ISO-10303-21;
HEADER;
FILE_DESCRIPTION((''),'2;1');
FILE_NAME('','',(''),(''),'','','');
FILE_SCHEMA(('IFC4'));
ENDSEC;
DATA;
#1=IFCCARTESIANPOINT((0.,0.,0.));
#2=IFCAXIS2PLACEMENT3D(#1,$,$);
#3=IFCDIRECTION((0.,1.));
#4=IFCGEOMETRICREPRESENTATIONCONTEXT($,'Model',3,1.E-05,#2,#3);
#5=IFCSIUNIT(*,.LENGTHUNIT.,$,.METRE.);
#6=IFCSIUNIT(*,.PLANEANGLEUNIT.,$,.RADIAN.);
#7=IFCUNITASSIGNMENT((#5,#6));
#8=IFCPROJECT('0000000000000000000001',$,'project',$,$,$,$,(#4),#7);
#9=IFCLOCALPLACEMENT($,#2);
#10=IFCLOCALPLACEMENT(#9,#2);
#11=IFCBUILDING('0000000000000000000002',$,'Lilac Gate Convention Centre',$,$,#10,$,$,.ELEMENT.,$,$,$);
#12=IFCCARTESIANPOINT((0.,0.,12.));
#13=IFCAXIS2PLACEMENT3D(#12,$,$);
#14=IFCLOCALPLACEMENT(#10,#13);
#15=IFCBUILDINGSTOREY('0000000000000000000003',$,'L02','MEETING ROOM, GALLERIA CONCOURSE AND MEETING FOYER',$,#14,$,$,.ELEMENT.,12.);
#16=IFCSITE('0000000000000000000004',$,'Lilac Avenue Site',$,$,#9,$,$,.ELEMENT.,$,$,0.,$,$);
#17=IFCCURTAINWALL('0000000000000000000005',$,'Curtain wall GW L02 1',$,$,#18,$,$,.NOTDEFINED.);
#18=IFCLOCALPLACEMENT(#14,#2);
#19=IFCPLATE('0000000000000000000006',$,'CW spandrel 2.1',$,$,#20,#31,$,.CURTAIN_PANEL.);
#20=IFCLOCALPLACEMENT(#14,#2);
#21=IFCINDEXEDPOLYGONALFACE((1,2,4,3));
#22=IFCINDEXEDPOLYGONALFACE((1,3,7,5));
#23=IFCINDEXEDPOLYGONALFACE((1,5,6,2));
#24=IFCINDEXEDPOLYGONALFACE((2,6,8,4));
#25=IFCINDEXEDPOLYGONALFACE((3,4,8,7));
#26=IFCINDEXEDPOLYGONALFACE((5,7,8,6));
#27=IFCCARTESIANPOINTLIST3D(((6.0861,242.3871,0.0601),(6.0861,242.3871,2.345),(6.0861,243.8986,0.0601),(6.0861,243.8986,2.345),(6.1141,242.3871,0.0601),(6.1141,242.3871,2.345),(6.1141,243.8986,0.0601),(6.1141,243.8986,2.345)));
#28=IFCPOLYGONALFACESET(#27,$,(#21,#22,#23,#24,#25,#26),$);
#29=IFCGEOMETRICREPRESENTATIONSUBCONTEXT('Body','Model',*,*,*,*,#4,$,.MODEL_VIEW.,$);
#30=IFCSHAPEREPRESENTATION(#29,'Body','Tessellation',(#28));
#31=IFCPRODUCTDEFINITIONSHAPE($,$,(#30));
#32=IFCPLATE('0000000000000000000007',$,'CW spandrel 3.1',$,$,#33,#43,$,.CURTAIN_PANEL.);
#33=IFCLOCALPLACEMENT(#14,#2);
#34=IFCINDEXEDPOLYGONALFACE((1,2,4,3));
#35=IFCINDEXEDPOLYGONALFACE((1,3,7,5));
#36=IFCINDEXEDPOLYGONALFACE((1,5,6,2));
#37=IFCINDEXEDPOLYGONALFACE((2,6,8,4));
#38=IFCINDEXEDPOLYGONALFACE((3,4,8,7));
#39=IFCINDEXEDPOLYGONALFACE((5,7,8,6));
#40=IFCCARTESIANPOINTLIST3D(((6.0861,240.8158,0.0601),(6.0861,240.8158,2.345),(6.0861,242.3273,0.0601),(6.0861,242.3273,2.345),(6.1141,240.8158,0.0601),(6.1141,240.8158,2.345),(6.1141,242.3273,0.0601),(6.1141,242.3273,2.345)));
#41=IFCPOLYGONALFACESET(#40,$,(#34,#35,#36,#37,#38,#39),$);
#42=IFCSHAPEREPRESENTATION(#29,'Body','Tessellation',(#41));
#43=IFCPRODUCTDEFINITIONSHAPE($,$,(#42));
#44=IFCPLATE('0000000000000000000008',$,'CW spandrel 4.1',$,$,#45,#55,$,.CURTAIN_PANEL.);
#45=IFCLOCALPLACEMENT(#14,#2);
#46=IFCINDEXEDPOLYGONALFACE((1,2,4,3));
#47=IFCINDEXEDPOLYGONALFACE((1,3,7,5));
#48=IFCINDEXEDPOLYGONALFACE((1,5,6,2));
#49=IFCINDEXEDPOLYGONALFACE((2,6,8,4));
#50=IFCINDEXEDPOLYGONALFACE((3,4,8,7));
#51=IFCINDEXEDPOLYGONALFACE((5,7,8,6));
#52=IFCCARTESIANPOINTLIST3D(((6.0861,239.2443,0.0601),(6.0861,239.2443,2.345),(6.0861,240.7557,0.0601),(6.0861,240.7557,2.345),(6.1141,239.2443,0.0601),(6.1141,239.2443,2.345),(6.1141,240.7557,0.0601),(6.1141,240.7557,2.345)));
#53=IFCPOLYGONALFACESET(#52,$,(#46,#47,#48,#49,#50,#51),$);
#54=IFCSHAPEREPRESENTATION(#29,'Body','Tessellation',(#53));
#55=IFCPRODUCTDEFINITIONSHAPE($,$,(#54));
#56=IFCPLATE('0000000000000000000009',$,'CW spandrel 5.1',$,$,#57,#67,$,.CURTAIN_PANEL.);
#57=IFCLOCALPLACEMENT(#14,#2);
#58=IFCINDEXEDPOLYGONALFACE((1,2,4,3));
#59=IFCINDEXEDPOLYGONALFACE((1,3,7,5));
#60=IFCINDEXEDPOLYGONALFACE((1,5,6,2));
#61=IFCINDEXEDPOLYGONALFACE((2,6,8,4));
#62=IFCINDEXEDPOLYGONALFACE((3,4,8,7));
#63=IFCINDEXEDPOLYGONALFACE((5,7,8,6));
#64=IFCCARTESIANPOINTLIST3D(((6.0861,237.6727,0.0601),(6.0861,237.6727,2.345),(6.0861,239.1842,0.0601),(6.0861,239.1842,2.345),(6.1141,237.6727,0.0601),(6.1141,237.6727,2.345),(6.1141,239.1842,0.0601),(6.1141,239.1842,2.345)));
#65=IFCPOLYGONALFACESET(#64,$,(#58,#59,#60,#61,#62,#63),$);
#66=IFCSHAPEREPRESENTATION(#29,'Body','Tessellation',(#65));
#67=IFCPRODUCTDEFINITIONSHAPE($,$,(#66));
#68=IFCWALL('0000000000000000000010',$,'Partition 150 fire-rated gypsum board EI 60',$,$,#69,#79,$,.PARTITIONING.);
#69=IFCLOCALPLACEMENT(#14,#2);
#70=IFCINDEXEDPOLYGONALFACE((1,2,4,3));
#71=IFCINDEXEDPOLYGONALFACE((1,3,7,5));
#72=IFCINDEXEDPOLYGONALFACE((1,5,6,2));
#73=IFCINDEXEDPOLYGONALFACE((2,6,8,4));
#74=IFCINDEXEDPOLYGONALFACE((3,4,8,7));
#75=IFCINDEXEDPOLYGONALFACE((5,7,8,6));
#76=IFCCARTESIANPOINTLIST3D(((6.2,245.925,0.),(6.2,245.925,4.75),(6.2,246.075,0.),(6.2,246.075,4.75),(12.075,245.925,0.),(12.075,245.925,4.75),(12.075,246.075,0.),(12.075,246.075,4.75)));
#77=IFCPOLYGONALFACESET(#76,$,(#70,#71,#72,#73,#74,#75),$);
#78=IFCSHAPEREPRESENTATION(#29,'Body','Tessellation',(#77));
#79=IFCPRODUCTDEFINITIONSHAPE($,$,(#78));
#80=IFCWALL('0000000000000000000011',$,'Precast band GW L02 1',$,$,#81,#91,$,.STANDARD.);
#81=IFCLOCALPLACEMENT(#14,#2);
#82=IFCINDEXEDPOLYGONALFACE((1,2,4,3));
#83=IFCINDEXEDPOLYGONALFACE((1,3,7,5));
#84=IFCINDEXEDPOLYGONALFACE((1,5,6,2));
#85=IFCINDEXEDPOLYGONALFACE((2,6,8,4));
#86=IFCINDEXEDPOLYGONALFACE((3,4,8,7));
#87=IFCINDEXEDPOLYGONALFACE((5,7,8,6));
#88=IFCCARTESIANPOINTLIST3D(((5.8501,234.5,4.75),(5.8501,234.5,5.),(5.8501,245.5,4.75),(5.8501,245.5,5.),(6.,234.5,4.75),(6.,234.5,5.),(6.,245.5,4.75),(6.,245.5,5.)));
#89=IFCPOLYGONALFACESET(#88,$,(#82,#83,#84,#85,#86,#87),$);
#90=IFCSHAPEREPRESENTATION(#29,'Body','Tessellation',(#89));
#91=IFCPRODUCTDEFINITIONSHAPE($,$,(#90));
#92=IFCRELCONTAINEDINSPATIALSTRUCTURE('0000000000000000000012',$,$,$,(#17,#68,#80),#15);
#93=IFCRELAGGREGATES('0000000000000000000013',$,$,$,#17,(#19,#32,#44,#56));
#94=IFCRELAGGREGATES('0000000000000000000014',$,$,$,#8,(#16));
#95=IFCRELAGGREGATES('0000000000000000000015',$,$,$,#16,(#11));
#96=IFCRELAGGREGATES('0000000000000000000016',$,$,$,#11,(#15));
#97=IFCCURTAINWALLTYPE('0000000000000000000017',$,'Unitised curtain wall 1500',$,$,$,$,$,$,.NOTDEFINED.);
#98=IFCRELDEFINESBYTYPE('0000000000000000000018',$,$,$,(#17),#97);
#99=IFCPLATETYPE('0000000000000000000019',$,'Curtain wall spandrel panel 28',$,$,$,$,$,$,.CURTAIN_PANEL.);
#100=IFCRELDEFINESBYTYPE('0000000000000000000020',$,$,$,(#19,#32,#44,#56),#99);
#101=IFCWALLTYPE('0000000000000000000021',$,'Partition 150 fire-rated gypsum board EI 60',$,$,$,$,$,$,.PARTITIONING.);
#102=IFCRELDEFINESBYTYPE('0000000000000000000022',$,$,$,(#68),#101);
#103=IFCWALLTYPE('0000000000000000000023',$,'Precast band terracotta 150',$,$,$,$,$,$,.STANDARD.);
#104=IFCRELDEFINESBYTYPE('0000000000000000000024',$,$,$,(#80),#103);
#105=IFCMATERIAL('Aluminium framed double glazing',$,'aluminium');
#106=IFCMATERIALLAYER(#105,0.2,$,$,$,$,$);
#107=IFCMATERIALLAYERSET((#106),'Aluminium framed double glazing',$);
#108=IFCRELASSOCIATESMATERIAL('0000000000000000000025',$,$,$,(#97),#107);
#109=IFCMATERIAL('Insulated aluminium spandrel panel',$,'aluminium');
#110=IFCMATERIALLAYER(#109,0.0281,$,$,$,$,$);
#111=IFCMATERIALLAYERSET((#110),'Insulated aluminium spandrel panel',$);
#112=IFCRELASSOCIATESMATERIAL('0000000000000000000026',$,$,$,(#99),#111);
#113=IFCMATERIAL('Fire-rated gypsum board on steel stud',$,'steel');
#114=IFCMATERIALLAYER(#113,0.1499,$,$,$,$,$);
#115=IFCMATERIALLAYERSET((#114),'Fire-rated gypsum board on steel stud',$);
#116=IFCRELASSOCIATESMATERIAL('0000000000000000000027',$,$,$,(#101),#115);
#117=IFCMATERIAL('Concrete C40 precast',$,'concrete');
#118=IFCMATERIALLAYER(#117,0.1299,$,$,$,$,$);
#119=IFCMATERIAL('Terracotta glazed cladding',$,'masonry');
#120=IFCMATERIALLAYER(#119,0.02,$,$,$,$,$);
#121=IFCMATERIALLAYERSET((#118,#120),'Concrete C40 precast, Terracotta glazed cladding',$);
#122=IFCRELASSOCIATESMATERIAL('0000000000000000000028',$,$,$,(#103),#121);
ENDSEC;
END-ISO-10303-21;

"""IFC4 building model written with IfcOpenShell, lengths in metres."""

from ifc_helpers import new_model, si_unit, direction, frame, frame_2d, origin, origin_2d, place, context, subcontext, project, spatial, rectangle, extrude, material, layer, layer_set, type_object, element, aggregate, save


model = new_model("IFC4")

# Units and contexts
model_context = context("Model", 3, precision=1e-05, world=origin(), true_north=direction((0.0, 1.0)))
body_context = subcontext(model_context, "Body", "Model", "MODEL_VIEW")
ifc_project = project(units=[si_unit("LENGTHUNIT", "METRE"), si_unit("PLANEANGLEUNIT", "RADIAN")], contexts=[model_context])

# Site, building, storey
site_placement = place(None, origin())
site = spatial("IfcSite", under=ifc_project, at=site_placement, Name="Lilac Avenue Site", CompositionType="ELEMENT", RefElevation=0.0)
building_placement = place(site_placement, origin())
building = spatial("IfcBuilding", under=site, at=building_placement, Name="Lilac Gate Convention Centre", CompositionType="ELEMENT")
storey_placement = place(building_placement, frame((0.0, 0.0, 12.0)))
storey = spatial("IfcBuildingStorey", under=building, at=storey_placement, Name="L02", Description="MEETING ROOM, GALLERIA CONCOURSE AND MEETING FOYER", CompositionType="ELEMENT", Elevation=12.0)

# Curtain wall, plates
ifc_material_1 = material(Name="Aluminium framed double glazing", Category="aluminium")
ifc_layer_1 = layer(ifc_material_1, 0.2)
ifc_layer_set_1 = layer_set([ifc_layer_1], Name="Aluminium framed double glazing")
curtain_wall_type = type_object("IfcCurtainWallType", Name="Unitised curtain wall 1500", PredefinedType="NOTDEFINED", material=ifc_layer_set_1)
curtain_wall_placement = place(storey_placement, origin())
curtain_wall = element("IfcCurtainWall", 1, at=curtain_wall_placement, inside=storey, type_object=curtain_wall_type, Name="Curtain wall GW L02 1", PredefinedType="NOTDEFINED")
ifc_material_2 = material(Name="Insulated aluminium spandrel panel", Category="aluminium")
ifc_layer_2 = layer(ifc_material_2, 0.0281)
ifc_layer_set_2 = layer_set([ifc_layer_2], Name="Insulated aluminium spandrel panel")
plate_type_1 = type_object("IfcPlateType", Name="Curtain wall spandrel panel 28", PredefinedType="CURTAIN_PANEL", material=ifc_layer_set_2)
plate_1_placement = place(storey_placement, frame((6.1001, 243.1428, 0.0601), z_axis=(0.0, 0.0, 1.0), x_axis=(0.0, -1.0, 0.0)))
plate_1 = element("IfcPlate", 2, at=plate_1_placement, type_object=plate_type_1, Name="CW spandrel 2.1", PredefinedType="CURTAIN_PANEL", context=body_context, shape_type="SweptSolid", body=[
    extrude(rectangle(XDim=1.5115, YDim=0.0281, at=origin_2d()), origin(), (0.0, 0.0, 1.0), 2.2849),
])
plate_2_placement = place(storey_placement, frame((6.1001, 241.5715, 0.0601), z_axis=(0.0, 0.0, 1.0), x_axis=(0.0, -1.0, 0.0)))
plate_2 = element("IfcPlate", 3, at=plate_2_placement, type_object=plate_type_1, Name="CW spandrel 3.1", PredefinedType="CURTAIN_PANEL", context=body_context, shape_type="SweptSolid", body=[
    extrude(rectangle(XDim=1.5115, YDim=0.0281, at=origin_2d()), origin(), (0.0, 0.0, 1.0), 2.2849),
])
plate_3_placement = place(storey_placement, frame((6.1001, 240.0, 0.0601), z_axis=(0.0, 0.0, 1.0), x_axis=(0.0, -1.0, 0.0)))
plate_3 = element("IfcPlate", 4, at=plate_3_placement, type_object=plate_type_1, Name="CW spandrel 4.1", PredefinedType="CURTAIN_PANEL", context=body_context, shape_type="SweptSolid", body=[
    extrude(rectangle(XDim=1.5115, YDim=0.0281, at=origin_2d()), origin(), (0.0, 0.0, 1.0), 2.2849),
])
plate_4_placement = place(storey_placement, frame((6.1001, 238.4285, 0.0601), z_axis=(0.0, 0.0, 1.0), x_axis=(0.0, -1.0, 0.0)))
plate_4 = element("IfcPlate", 5, at=plate_4_placement, type_object=plate_type_1, Name="CW spandrel 5.1", PredefinedType="CURTAIN_PANEL", context=body_context, shape_type="SweptSolid", body=[
    extrude(rectangle(XDim=1.5115, YDim=0.0281, at=origin_2d()), origin(), (0.0, 0.0, 1.0), 2.2849),
])
aggregate(curtain_wall, [plate_1, plate_2, plate_3, plate_4])

# Walls
ifc_material_3 = material(Name="Fire-rated gypsum board on steel stud", Category="steel")
ifc_layer_3 = layer(ifc_material_3, 0.1499)
ifc_layer_set_3 = layer_set([ifc_layer_3], Name="Fire-rated gypsum board on steel stud")
wall_type_1 = type_object("IfcWallType", Name="Partition 150 fire-rated gypsum board EI 60", PredefinedType="PARTITIONING", material=ifc_layer_set_3)
wall_1_placement = place(storey_placement, frame((6.2, 246.0, 0.0), z_axis=(0.0, 0.0, 1.0), x_axis=(1.0, 0.0, 0.0)))
element("IfcWall", 6, at=wall_1_placement, inside=storey, type_object=wall_type_1, Name="Partition 150 fire-rated gypsum board EI 60", PredefinedType="PARTITIONING", context=body_context, shape_type="SweptSolid", body=[
    extrude(rectangle(XDim=5.875, YDim=0.1499, at=frame_2d((2.9375, 0.0))), origin(), (0.0, 0.0, 1.0), 4.75),
])
ifc_material_4 = material(Name="Concrete C40 precast", Category="concrete")
ifc_layer_4 = layer(ifc_material_4, 0.1299)
ifc_material_5 = material(Name="Terracotta glazed cladding", Category="masonry")
ifc_layer_5 = layer(ifc_material_5, 0.02)
ifc_layer_set_4 = layer_set([ifc_layer_4, ifc_layer_5], Name="Concrete C40 precast, Terracotta glazed cladding")
wall_type_2 = type_object("IfcWallType", Name="Precast band terracotta 150", PredefinedType="STANDARD", material=ifc_layer_set_4)
wall_2_placement = place(storey_placement, frame((5.925, 245.5, 4.75), z_axis=(0.0, 0.0, 1.0), x_axis=(0.0, -1.0, 0.0)))
element("IfcWall", 7, at=wall_2_placement, inside=storey, type_object=wall_type_2, Name="Precast band GW L02 1", PredefinedType="STANDARD", context=body_context, shape_type="SweptSolid", body=[
    extrude(rectangle(XDim=11.0, YDim=0.1499, at=frame_2d((5.5, 0.0))), origin(), (0.0, 0.0, 1.0), 0.25),
])

save(model, "model.ifc")
